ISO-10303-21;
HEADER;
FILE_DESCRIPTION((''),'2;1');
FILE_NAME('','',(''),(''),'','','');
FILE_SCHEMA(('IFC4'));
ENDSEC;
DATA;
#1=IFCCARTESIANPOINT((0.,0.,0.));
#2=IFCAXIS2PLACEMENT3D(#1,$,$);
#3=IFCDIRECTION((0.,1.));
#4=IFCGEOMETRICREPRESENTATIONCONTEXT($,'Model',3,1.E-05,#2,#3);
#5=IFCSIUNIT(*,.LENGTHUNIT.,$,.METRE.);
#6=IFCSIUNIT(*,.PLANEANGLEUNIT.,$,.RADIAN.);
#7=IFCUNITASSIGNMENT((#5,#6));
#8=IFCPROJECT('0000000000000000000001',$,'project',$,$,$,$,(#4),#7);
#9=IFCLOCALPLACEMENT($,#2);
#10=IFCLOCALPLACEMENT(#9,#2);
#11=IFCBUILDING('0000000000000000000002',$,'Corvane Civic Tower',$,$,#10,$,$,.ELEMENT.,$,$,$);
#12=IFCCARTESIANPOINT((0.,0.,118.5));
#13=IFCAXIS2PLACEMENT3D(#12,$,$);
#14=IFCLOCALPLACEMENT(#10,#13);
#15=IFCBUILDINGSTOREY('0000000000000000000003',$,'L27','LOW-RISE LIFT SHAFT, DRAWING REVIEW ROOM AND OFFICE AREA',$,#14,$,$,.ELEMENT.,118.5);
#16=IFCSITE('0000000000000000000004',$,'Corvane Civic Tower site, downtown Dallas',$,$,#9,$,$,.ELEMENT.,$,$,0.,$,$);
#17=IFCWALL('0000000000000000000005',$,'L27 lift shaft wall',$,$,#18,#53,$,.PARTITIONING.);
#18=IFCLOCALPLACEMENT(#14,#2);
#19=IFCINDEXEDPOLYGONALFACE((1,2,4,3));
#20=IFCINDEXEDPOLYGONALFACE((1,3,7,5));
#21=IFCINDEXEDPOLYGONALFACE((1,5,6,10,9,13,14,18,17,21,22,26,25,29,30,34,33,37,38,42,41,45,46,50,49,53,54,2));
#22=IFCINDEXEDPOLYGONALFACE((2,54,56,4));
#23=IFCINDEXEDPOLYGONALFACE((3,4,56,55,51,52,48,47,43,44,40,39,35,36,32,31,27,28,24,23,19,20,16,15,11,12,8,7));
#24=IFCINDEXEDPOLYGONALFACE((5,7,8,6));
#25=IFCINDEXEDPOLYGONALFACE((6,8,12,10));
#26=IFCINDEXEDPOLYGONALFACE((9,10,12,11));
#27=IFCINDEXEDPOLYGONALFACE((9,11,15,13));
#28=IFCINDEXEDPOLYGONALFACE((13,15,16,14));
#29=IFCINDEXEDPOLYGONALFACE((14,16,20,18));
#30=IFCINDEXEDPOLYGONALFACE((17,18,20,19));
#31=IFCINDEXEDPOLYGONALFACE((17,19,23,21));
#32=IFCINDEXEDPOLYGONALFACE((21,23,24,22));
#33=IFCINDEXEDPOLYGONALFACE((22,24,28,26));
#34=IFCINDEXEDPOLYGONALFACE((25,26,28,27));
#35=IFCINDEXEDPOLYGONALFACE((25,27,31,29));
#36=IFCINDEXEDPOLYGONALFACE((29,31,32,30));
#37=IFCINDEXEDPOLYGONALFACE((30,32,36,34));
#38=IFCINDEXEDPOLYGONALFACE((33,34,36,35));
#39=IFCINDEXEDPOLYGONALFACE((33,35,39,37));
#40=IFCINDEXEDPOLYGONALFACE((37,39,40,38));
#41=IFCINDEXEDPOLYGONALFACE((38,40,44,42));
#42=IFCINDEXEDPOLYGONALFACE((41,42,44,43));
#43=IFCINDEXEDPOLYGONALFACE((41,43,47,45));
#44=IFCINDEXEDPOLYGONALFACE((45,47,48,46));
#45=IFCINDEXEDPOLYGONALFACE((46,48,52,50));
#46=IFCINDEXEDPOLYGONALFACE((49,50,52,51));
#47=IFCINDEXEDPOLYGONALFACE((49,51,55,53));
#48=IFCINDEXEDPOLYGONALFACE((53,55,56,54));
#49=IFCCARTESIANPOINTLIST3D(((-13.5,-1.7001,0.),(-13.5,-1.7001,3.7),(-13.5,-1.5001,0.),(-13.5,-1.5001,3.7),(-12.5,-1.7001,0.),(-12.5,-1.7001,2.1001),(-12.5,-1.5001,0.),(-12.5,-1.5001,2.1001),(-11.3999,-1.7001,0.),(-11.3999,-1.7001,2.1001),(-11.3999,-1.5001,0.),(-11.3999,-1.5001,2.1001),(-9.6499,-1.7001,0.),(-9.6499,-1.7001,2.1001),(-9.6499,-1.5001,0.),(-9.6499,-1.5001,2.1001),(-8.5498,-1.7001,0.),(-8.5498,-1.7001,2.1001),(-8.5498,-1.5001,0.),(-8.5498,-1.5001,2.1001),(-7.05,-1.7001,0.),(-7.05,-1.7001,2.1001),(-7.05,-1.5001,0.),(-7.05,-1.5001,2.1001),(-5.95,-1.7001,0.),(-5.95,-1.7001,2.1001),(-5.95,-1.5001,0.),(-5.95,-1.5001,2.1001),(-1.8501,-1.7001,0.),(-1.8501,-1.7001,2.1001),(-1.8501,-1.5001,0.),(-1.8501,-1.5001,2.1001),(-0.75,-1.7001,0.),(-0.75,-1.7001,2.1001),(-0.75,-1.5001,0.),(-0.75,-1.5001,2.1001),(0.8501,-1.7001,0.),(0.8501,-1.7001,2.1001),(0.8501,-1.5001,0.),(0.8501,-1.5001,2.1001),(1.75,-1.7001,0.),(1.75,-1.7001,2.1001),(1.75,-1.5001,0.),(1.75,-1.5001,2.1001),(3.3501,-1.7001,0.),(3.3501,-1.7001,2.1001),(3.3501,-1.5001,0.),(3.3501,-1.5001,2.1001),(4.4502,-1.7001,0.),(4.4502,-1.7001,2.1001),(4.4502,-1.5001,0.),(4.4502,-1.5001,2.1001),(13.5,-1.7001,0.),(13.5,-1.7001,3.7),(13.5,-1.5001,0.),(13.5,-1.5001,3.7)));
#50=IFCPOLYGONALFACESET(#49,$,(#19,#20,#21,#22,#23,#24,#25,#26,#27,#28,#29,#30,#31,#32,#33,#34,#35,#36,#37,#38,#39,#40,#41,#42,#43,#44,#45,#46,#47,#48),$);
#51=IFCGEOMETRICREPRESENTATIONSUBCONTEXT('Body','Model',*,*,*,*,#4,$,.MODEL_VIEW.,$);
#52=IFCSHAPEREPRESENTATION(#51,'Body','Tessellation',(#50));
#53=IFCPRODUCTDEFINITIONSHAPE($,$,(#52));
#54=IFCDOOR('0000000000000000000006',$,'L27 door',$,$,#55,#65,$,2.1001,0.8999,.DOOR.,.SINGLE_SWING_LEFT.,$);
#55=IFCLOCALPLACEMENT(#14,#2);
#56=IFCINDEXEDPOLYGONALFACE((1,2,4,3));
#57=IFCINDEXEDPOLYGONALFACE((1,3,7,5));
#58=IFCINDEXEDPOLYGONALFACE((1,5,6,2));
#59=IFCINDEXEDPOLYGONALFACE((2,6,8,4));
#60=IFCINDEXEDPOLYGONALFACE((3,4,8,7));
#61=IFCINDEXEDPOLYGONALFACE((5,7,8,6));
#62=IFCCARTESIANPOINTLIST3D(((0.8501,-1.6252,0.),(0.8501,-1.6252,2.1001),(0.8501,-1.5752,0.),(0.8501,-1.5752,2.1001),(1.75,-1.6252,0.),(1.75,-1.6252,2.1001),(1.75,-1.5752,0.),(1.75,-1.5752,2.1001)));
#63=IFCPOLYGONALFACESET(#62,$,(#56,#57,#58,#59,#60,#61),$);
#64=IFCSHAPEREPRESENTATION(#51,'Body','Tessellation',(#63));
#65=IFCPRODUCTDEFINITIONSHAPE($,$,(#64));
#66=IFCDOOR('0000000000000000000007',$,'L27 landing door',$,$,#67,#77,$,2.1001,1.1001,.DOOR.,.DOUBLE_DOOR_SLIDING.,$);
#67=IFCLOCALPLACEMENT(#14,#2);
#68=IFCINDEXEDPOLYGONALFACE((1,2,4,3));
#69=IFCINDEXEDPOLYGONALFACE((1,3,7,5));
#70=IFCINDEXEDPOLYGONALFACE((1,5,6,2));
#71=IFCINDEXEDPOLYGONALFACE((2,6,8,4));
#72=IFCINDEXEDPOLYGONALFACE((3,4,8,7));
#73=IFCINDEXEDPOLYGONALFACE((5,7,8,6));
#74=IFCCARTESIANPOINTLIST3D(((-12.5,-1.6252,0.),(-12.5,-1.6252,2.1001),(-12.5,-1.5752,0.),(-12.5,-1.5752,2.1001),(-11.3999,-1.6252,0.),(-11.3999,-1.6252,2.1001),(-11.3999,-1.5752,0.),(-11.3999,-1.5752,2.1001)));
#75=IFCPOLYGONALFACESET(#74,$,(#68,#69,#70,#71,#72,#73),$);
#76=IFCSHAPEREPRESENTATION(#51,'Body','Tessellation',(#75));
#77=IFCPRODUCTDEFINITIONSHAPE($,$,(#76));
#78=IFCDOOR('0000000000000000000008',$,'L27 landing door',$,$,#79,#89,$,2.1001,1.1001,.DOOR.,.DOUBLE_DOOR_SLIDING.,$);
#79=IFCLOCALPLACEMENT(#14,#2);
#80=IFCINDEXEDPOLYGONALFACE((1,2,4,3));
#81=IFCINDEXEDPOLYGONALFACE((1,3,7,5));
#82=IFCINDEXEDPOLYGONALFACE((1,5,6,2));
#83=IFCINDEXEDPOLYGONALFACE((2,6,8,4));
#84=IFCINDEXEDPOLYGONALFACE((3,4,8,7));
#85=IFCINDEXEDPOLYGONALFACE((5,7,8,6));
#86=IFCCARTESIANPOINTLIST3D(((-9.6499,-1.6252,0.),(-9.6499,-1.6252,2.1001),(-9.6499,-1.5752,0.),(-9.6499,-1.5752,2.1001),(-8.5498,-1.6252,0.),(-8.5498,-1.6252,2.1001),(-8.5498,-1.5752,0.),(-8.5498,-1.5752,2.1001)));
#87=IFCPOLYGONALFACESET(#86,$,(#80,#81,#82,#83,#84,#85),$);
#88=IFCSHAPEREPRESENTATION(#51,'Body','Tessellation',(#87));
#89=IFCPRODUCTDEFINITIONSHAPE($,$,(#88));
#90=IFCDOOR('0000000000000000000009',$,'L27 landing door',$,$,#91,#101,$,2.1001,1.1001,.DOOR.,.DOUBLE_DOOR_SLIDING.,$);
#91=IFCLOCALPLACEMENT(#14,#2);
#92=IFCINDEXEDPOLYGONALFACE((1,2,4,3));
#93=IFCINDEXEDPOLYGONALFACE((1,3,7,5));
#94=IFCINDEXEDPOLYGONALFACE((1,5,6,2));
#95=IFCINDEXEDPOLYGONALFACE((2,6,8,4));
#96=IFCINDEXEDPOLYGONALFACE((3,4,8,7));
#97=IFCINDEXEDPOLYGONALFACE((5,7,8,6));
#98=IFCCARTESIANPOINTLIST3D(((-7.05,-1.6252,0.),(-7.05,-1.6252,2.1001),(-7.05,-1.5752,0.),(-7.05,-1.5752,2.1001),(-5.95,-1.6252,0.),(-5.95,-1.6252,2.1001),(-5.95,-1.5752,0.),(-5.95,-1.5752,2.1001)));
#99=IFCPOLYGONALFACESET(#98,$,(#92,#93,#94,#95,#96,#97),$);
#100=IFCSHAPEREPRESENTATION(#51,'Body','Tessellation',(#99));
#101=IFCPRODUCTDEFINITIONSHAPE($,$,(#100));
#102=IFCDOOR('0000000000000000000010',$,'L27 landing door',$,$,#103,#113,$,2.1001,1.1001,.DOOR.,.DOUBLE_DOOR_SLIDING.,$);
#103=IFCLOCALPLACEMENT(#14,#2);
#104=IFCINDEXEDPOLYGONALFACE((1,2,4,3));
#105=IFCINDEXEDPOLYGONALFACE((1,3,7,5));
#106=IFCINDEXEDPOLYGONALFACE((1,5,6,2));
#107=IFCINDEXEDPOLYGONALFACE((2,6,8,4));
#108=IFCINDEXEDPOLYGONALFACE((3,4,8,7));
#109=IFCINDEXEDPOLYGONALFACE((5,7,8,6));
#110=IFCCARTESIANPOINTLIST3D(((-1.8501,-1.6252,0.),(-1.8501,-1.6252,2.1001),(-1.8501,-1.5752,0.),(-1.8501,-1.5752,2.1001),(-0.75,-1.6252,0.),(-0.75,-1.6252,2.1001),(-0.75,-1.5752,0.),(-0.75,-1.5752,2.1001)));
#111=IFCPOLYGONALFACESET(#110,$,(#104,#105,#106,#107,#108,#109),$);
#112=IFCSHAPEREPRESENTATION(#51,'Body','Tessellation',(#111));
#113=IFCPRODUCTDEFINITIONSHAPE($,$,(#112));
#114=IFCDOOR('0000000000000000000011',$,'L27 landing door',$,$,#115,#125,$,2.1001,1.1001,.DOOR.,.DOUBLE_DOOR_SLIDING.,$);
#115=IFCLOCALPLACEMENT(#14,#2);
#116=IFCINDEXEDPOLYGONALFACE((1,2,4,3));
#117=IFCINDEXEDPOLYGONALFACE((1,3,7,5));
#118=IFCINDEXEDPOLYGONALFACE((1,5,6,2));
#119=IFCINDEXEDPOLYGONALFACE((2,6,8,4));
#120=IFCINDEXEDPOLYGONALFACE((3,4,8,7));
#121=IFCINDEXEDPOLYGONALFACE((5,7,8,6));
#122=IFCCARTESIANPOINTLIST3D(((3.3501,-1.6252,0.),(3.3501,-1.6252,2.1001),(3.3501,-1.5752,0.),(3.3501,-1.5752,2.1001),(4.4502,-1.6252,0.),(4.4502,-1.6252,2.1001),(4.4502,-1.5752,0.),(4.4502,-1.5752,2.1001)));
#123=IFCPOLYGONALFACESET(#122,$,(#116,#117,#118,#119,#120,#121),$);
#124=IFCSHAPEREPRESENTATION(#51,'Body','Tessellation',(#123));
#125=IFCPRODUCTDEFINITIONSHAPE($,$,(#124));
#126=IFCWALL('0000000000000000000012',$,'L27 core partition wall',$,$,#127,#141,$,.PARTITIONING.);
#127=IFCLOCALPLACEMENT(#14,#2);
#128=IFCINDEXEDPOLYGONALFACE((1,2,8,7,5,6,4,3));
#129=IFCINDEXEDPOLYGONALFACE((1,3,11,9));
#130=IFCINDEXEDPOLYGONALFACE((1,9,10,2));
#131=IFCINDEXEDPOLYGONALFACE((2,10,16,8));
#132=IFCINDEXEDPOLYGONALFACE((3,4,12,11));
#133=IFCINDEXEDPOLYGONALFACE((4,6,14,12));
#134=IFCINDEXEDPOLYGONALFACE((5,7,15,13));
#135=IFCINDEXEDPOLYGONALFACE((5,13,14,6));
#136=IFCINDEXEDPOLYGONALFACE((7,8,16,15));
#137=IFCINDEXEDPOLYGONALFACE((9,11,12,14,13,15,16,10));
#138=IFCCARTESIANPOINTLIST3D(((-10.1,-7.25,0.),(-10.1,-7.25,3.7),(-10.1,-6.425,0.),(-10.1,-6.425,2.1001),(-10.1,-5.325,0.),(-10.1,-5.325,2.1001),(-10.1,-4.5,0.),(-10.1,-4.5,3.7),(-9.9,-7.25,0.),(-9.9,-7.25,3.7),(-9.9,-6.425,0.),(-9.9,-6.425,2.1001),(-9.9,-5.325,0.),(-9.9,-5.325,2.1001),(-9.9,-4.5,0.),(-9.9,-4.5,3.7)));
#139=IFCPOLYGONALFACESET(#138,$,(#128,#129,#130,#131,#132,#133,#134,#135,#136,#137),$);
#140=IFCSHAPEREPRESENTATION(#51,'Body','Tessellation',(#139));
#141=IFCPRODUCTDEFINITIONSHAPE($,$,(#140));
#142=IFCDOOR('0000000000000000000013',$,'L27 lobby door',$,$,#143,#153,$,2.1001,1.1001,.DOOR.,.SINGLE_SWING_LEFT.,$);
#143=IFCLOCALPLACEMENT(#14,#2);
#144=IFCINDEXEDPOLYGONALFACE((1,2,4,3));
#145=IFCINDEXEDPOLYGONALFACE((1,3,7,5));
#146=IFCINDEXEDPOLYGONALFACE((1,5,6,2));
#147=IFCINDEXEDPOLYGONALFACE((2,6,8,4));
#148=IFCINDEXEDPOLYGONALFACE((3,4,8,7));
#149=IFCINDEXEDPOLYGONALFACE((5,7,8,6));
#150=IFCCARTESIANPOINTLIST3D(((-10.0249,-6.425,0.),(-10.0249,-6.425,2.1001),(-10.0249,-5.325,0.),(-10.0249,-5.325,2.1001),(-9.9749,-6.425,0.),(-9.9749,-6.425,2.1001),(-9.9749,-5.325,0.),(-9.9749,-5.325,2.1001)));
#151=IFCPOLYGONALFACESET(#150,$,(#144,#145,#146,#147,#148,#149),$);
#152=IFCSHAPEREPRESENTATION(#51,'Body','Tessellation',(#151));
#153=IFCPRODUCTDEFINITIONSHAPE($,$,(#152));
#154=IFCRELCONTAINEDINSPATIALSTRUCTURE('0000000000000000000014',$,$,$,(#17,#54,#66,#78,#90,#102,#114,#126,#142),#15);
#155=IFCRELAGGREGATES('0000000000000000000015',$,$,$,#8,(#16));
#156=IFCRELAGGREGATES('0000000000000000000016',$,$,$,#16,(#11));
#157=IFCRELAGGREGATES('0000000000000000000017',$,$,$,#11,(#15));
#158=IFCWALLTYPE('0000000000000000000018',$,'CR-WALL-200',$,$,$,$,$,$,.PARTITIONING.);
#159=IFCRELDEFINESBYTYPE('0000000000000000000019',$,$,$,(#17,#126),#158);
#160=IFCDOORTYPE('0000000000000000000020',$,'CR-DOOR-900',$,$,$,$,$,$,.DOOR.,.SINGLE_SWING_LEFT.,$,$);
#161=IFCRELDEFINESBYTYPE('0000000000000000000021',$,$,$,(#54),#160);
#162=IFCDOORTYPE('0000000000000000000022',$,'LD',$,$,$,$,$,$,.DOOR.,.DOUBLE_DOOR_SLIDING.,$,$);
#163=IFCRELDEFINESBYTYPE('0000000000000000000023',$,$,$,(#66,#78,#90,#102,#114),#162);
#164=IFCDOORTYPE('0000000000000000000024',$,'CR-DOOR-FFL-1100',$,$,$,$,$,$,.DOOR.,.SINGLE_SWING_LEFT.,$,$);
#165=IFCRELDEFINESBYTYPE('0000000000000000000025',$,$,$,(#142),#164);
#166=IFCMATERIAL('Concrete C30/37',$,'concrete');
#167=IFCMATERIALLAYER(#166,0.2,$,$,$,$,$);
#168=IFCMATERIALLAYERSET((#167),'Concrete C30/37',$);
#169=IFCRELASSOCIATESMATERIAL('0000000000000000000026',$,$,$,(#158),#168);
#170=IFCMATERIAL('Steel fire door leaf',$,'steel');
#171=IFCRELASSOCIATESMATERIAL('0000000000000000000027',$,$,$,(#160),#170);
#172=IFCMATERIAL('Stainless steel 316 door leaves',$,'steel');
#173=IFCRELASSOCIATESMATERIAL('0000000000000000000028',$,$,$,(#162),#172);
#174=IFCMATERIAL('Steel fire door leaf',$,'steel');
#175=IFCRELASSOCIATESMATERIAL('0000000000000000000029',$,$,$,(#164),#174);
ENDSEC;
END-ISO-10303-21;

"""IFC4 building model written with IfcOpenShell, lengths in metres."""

from ifc_helpers import new_model, si_unit, direction, frame, frame_2d, origin, place, context, subcontext, project, spatial, rectangle, extrude, material, layer, layer_set, type_object, element, fill, save


model = new_model("IFC4")

# Units and contexts
model_context = context("Model", 3, precision=1e-05, world=origin(), true_north=direction((0.0, 1.0)))
body_context = subcontext(model_context, "Body", "Model", "MODEL_VIEW")
ifc_project = project(units=[si_unit("LENGTHUNIT", "METRE"), si_unit("PLANEANGLEUNIT", "RADIAN")], contexts=[model_context])

# Site, building, storey
site_placement = place(None, origin())
site = spatial("IfcSite", under=ifc_project, at=site_placement, Name="Corvane Civic Tower site, downtown Dallas", CompositionType="ELEMENT", RefElevation=0.0)
building_placement = place(site_placement, origin())
building = spatial("IfcBuilding", under=site, at=building_placement, Name="Corvane Civic Tower", CompositionType="ELEMENT")
storey_placement = place(building_placement, frame((0.0, 0.0, 118.5)))
storey = spatial("IfcBuildingStorey", under=building, at=storey_placement, Name="L27", Description="LOW-RISE LIFT SHAFT, DRAWING REVIEW ROOM AND OFFICE AREA", CompositionType="ELEMENT", Elevation=118.5)

# Shared definitions
ifc_material_1 = material(Name="Concrete C30/37", Category="concrete")
ifc_layer_1 = layer(ifc_material_1, 0.2)
ifc_layer_set_1 = layer_set([ifc_layer_1], Name="Concrete C30/37")
wall_type_1 = type_object("IfcWallType", Name="CR-WALL-200", PredefinedType="PARTITIONING", material=ifc_layer_set_1)
ifc_material_2 = material(Name="Steel fire door leaf", Category="steel")
door_type_1 = type_object("IfcDoorType", Name="CR-DOOR-900", OperationType="SINGLE_SWING_LEFT", PredefinedType="DOOR", material=ifc_material_2)

# Wall, openings, doors
wall_1_placement = place(storey_placement, frame((-13.5, -1.6001, 0.0), z_axis=(0.0, 0.0, 1.0), x_axis=(1.0, 0.0, 0.0)))
wall_1 = element("IfcWall", 1, at=wall_1_placement, inside=storey, type_object=wall_type_1, Name="L27 lift shaft wall", PredefinedType="PARTITIONING", context=body_context, shape_type="SweptSolid", body=[
    extrude(rectangle(XDim=27.0, YDim=0.2, at=frame_2d((13.5, 0.0))), origin(), (0.0, 0.0, 1.0), 3.7),
])
opening_1_placement = place(wall_1_placement, frame((1.0, 0.0, 0.0)))
opening_1 = element("IfcOpeningElement", 2, at=opening_1_placement, cuts=wall_1, PredefinedType="OPENING", context=body_context, shape_type="SweptSolid", body=[
    extrude(rectangle(XDim=1.1001, YDim=2.1001, at=frame_2d((0.55, 1.05))), frame((0.0, 0.1099, 0.0), z_axis=(0.0, -1.0, 0.0), x_axis=(1.0, 0.0, 0.0)), (0.0, 0.0, 1.0), 0.22),
])
opening_2_placement = place(wall_1_placement, frame((3.8501, 0.0, 0.0)))
opening_2 = element("IfcOpeningElement", 3, at=opening_2_placement, cuts=wall_1, PredefinedType="OPENING", context=body_context, shape_type="SweptSolid", body=[
    extrude(rectangle(XDim=1.1001, YDim=2.1001, at=frame_2d((0.55, 1.05))), frame((0.0, 0.1099, 0.0), z_axis=(0.0, -1.0, 0.0), x_axis=(1.0, 0.0, 0.0)), (0.0, 0.0, 1.0), 0.22),
])
opening_3_placement = place(wall_1_placement, frame((6.45, 0.0, 0.0)))
opening_3 = element("IfcOpeningElement", 4, at=opening_3_placement, cuts=wall_1, PredefinedType="OPENING", context=body_context, shape_type="SweptSolid", body=[
    extrude(rectangle(XDim=1.1001, YDim=2.1001, at=frame_2d((0.55, 1.05))), frame((0.0, 0.1099, 0.0), z_axis=(0.0, -1.0, 0.0), x_axis=(1.0, 0.0, 0.0)), (0.0, 0.0, 1.0), 0.22),
])
opening_4_placement = place(wall_1_placement, frame((11.6499, 0.0, 0.0)))
opening_4 = element("IfcOpeningElement", 5, at=opening_4_placement, cuts=wall_1, PredefinedType="OPENING", context=body_context, shape_type="SweptSolid", body=[
    extrude(rectangle(XDim=1.1001, YDim=2.1001, at=frame_2d((0.55, 1.05))), frame((0.0, 0.1099, 0.0), z_axis=(0.0, -1.0, 0.0), x_axis=(1.0, 0.0, 0.0)), (0.0, 0.0, 1.0), 0.22),
])
opening_5_placement = place(wall_1_placement, frame((14.3501, 0.0, 0.0)))
opening_5 = element("IfcOpeningElement", 6, at=opening_5_placement, cuts=wall_1, PredefinedType="OPENING", context=body_context, shape_type="SweptSolid", body=[
    extrude(rectangle(XDim=0.8999, YDim=2.1001, at=frame_2d((0.45, 1.05))), frame((0.0, 0.1099, 0.0), z_axis=(0.0, -1.0, 0.0), x_axis=(1.0, 0.0, 0.0)), (0.0, 0.0, 1.0), 0.22),
])
opening_6_placement = place(wall_1_placement, frame((16.8501, 0.0, 0.0)))
opening_6 = element("IfcOpeningElement", 7, at=opening_6_placement, cuts=wall_1, PredefinedType="OPENING", context=body_context, shape_type="SweptSolid", body=[
    extrude(rectangle(XDim=1.1001, YDim=2.1001, at=frame_2d((0.55, 1.05))), frame((0.0, 0.1099, 0.0), z_axis=(0.0, -1.0, 0.0), x_axis=(1.0, 0.0, 0.0)), (0.0, 0.0, 1.0), 0.22),
])
door_1_placement = place(opening_5_placement, origin())
door_1 = element("IfcDoor", 8, at=door_1_placement, inside=storey, type_object=door_type_1, Name="L27 door", OperationType="SINGLE_SWING_LEFT", OverallHeight=2.1001, OverallWidth=0.8999, PredefinedType="DOOR", context=body_context, shape_type="SweptSolid", body=[
    extrude(rectangle(XDim=0.8999, YDim=2.1001, at=frame_2d((0.45, 1.05))), frame((0.0, 0.0249, 0.0), z_axis=(0.0, -1.0, 0.0), x_axis=(1.0, 0.0, 0.0)), (0.0, 0.0, 1.0), 0.05),
])
fill(opening_5, door_1)
ifc_material_3 = material(Name="Stainless steel 316 door leaves", Category="steel")
door_type_2 = type_object("IfcDoorType", Name="LD", OperationType="DOUBLE_DOOR_SLIDING", PredefinedType="DOOR", material=ifc_material_3)
door_2_placement = place(opening_1_placement, origin())
door_2 = element("IfcDoor", 9, at=door_2_placement, inside=storey, type_object=door_type_2, Name="L27 landing door", OperationType="DOUBLE_DOOR_SLIDING", OverallHeight=2.1001, OverallWidth=1.1001, PredefinedType="DOOR", context=body_context, shape_type="SweptSolid", body=[
    extrude(rectangle(XDim=1.1001, YDim=2.1001, at=frame_2d((0.55, 1.05))), frame((0.0, 0.0249, 0.0), z_axis=(0.0, -1.0, 0.0), x_axis=(1.0, 0.0, 0.0)), (0.0, 0.0, 1.0), 0.05),
])
fill(opening_1, door_2)
door_3_placement = place(opening_2_placement, origin())
door_3 = element("IfcDoor", 10, at=door_3_placement, inside=storey, type_object=door_type_2, Name="L27 landing door", OperationType="DOUBLE_DOOR_SLIDING", OverallHeight=2.1001, OverallWidth=1.1001, PredefinedType="DOOR", context=body_context, shape_type="SweptSolid", body=[
    extrude(rectangle(XDim=1.1001, YDim=2.1001, at=frame_2d((0.55, 1.05))), frame((0.0, 0.0249, 0.0), z_axis=(0.0, -1.0, 0.0), x_axis=(1.0, 0.0, 0.0)), (0.0, 0.0, 1.0), 0.05),
])
fill(opening_2, door_3)
door_4_placement = place(opening_3_placement, origin())
door_4 = element("IfcDoor", 11, at=door_4_placement, inside=storey, type_object=door_type_2, Name="L27 landing door", OperationType="DOUBLE_DOOR_SLIDING", OverallHeight=2.1001, OverallWidth=1.1001, PredefinedType="DOOR", context=body_context, shape_type="SweptSolid", body=[
    extrude(rectangle(XDim=1.1001, YDim=2.1001, at=frame_2d((0.55, 1.05))), frame((0.0, 0.0249, 0.0), z_axis=(0.0, -1.0, 0.0), x_axis=(1.0, 0.0, 0.0)), (0.0, 0.0, 1.0), 0.05),
])
fill(opening_3, door_4)
door_5_placement = place(opening_4_placement, origin())
door_5 = element("IfcDoor", 12, at=door_5_placement, inside=storey, type_object=door_type_2, Name="L27 landing door", OperationType="DOUBLE_DOOR_SLIDING", OverallHeight=2.1001, OverallWidth=1.1001, PredefinedType="DOOR", context=body_context, shape_type="SweptSolid", body=[
    extrude(rectangle(XDim=1.1001, YDim=2.1001, at=frame_2d((0.55, 1.05))), frame((0.0, 0.0249, 0.0), z_axis=(0.0, -1.0, 0.0), x_axis=(1.0, 0.0, 0.0)), (0.0, 0.0, 1.0), 0.05),
])
fill(opening_4, door_5)
door_6_placement = place(opening_6_placement, origin())
door_6 = element("IfcDoor", 13, at=door_6_placement, inside=storey, type_object=door_type_2, Name="L27 landing door", OperationType="DOUBLE_DOOR_SLIDING", OverallHeight=2.1001, OverallWidth=1.1001, PredefinedType="DOOR", context=body_context, shape_type="SweptSolid", body=[
    extrude(rectangle(XDim=1.1001, YDim=2.1001, at=frame_2d((0.55, 1.05))), frame((0.0, 0.0249, 0.0), z_axis=(0.0, -1.0, 0.0), x_axis=(1.0, 0.0, 0.0)), (0.0, 0.0, 1.0), 0.05),
])
fill(opening_6, door_6)

# Wall, opening, door
wall_2_placement = place(storey_placement, frame((-10.0, -7.25, 0.0), z_axis=(0.0, 0.0, 1.0), x_axis=(0.0, 1.0, 0.0)))
wall_2 = element("IfcWall", 14, at=wall_2_placement, inside=storey, type_object=wall_type_1, Name="L27 core partition wall", PredefinedType="PARTITIONING", context=body_context, shape_type="SweptSolid", body=[
    extrude(rectangle(XDim=2.75, YDim=0.2, at=frame_2d((1.375, 0.0))), origin(), (0.0, 0.0, 1.0), 3.7),
])
opening_7_placement = place(wall_2_placement, frame((0.825, 0.0, 0.0)))
opening_7 = element("IfcOpeningElement", 15, at=opening_7_placement, cuts=wall_2, PredefinedType="OPENING", context=body_context, shape_type="SweptSolid", body=[
    extrude(rectangle(XDim=1.1001, YDim=2.1001, at=frame_2d((0.55, 1.05))), frame((0.0, 0.1099, 0.0), z_axis=(0.0, -1.0, 0.0), x_axis=(1.0, 0.0, 0.0)), (0.0, 0.0, 1.0), 0.22),
])
ifc_material_4 = material(Name="Steel fire door leaf", Category="steel")
door_type_3 = type_object("IfcDoorType", Name="CR-DOOR-FFL-1100", OperationType="SINGLE_SWING_LEFT", PredefinedType="DOOR", material=ifc_material_4)
door_7_placement = place(opening_7_placement, origin())
door_7 = element("IfcDoor", 16, at=door_7_placement, inside=storey, type_object=door_type_3, Name="L27 lobby door", OperationType="SINGLE_SWING_LEFT", OverallHeight=2.1001, OverallWidth=1.1001, PredefinedType="DOOR", context=body_context, shape_type="SweptSolid", body=[
    extrude(rectangle(XDim=1.1001, YDim=2.1001, at=frame_2d((0.55, 1.05))), frame((0.0, 0.0249, 0.0), z_axis=(0.0, -1.0, 0.0), x_axis=(1.0, 0.0, 0.0)), (0.0, 0.0, 1.0), 0.05),
])
fill(opening_7, door_7)

save(model, "model.ifc")
